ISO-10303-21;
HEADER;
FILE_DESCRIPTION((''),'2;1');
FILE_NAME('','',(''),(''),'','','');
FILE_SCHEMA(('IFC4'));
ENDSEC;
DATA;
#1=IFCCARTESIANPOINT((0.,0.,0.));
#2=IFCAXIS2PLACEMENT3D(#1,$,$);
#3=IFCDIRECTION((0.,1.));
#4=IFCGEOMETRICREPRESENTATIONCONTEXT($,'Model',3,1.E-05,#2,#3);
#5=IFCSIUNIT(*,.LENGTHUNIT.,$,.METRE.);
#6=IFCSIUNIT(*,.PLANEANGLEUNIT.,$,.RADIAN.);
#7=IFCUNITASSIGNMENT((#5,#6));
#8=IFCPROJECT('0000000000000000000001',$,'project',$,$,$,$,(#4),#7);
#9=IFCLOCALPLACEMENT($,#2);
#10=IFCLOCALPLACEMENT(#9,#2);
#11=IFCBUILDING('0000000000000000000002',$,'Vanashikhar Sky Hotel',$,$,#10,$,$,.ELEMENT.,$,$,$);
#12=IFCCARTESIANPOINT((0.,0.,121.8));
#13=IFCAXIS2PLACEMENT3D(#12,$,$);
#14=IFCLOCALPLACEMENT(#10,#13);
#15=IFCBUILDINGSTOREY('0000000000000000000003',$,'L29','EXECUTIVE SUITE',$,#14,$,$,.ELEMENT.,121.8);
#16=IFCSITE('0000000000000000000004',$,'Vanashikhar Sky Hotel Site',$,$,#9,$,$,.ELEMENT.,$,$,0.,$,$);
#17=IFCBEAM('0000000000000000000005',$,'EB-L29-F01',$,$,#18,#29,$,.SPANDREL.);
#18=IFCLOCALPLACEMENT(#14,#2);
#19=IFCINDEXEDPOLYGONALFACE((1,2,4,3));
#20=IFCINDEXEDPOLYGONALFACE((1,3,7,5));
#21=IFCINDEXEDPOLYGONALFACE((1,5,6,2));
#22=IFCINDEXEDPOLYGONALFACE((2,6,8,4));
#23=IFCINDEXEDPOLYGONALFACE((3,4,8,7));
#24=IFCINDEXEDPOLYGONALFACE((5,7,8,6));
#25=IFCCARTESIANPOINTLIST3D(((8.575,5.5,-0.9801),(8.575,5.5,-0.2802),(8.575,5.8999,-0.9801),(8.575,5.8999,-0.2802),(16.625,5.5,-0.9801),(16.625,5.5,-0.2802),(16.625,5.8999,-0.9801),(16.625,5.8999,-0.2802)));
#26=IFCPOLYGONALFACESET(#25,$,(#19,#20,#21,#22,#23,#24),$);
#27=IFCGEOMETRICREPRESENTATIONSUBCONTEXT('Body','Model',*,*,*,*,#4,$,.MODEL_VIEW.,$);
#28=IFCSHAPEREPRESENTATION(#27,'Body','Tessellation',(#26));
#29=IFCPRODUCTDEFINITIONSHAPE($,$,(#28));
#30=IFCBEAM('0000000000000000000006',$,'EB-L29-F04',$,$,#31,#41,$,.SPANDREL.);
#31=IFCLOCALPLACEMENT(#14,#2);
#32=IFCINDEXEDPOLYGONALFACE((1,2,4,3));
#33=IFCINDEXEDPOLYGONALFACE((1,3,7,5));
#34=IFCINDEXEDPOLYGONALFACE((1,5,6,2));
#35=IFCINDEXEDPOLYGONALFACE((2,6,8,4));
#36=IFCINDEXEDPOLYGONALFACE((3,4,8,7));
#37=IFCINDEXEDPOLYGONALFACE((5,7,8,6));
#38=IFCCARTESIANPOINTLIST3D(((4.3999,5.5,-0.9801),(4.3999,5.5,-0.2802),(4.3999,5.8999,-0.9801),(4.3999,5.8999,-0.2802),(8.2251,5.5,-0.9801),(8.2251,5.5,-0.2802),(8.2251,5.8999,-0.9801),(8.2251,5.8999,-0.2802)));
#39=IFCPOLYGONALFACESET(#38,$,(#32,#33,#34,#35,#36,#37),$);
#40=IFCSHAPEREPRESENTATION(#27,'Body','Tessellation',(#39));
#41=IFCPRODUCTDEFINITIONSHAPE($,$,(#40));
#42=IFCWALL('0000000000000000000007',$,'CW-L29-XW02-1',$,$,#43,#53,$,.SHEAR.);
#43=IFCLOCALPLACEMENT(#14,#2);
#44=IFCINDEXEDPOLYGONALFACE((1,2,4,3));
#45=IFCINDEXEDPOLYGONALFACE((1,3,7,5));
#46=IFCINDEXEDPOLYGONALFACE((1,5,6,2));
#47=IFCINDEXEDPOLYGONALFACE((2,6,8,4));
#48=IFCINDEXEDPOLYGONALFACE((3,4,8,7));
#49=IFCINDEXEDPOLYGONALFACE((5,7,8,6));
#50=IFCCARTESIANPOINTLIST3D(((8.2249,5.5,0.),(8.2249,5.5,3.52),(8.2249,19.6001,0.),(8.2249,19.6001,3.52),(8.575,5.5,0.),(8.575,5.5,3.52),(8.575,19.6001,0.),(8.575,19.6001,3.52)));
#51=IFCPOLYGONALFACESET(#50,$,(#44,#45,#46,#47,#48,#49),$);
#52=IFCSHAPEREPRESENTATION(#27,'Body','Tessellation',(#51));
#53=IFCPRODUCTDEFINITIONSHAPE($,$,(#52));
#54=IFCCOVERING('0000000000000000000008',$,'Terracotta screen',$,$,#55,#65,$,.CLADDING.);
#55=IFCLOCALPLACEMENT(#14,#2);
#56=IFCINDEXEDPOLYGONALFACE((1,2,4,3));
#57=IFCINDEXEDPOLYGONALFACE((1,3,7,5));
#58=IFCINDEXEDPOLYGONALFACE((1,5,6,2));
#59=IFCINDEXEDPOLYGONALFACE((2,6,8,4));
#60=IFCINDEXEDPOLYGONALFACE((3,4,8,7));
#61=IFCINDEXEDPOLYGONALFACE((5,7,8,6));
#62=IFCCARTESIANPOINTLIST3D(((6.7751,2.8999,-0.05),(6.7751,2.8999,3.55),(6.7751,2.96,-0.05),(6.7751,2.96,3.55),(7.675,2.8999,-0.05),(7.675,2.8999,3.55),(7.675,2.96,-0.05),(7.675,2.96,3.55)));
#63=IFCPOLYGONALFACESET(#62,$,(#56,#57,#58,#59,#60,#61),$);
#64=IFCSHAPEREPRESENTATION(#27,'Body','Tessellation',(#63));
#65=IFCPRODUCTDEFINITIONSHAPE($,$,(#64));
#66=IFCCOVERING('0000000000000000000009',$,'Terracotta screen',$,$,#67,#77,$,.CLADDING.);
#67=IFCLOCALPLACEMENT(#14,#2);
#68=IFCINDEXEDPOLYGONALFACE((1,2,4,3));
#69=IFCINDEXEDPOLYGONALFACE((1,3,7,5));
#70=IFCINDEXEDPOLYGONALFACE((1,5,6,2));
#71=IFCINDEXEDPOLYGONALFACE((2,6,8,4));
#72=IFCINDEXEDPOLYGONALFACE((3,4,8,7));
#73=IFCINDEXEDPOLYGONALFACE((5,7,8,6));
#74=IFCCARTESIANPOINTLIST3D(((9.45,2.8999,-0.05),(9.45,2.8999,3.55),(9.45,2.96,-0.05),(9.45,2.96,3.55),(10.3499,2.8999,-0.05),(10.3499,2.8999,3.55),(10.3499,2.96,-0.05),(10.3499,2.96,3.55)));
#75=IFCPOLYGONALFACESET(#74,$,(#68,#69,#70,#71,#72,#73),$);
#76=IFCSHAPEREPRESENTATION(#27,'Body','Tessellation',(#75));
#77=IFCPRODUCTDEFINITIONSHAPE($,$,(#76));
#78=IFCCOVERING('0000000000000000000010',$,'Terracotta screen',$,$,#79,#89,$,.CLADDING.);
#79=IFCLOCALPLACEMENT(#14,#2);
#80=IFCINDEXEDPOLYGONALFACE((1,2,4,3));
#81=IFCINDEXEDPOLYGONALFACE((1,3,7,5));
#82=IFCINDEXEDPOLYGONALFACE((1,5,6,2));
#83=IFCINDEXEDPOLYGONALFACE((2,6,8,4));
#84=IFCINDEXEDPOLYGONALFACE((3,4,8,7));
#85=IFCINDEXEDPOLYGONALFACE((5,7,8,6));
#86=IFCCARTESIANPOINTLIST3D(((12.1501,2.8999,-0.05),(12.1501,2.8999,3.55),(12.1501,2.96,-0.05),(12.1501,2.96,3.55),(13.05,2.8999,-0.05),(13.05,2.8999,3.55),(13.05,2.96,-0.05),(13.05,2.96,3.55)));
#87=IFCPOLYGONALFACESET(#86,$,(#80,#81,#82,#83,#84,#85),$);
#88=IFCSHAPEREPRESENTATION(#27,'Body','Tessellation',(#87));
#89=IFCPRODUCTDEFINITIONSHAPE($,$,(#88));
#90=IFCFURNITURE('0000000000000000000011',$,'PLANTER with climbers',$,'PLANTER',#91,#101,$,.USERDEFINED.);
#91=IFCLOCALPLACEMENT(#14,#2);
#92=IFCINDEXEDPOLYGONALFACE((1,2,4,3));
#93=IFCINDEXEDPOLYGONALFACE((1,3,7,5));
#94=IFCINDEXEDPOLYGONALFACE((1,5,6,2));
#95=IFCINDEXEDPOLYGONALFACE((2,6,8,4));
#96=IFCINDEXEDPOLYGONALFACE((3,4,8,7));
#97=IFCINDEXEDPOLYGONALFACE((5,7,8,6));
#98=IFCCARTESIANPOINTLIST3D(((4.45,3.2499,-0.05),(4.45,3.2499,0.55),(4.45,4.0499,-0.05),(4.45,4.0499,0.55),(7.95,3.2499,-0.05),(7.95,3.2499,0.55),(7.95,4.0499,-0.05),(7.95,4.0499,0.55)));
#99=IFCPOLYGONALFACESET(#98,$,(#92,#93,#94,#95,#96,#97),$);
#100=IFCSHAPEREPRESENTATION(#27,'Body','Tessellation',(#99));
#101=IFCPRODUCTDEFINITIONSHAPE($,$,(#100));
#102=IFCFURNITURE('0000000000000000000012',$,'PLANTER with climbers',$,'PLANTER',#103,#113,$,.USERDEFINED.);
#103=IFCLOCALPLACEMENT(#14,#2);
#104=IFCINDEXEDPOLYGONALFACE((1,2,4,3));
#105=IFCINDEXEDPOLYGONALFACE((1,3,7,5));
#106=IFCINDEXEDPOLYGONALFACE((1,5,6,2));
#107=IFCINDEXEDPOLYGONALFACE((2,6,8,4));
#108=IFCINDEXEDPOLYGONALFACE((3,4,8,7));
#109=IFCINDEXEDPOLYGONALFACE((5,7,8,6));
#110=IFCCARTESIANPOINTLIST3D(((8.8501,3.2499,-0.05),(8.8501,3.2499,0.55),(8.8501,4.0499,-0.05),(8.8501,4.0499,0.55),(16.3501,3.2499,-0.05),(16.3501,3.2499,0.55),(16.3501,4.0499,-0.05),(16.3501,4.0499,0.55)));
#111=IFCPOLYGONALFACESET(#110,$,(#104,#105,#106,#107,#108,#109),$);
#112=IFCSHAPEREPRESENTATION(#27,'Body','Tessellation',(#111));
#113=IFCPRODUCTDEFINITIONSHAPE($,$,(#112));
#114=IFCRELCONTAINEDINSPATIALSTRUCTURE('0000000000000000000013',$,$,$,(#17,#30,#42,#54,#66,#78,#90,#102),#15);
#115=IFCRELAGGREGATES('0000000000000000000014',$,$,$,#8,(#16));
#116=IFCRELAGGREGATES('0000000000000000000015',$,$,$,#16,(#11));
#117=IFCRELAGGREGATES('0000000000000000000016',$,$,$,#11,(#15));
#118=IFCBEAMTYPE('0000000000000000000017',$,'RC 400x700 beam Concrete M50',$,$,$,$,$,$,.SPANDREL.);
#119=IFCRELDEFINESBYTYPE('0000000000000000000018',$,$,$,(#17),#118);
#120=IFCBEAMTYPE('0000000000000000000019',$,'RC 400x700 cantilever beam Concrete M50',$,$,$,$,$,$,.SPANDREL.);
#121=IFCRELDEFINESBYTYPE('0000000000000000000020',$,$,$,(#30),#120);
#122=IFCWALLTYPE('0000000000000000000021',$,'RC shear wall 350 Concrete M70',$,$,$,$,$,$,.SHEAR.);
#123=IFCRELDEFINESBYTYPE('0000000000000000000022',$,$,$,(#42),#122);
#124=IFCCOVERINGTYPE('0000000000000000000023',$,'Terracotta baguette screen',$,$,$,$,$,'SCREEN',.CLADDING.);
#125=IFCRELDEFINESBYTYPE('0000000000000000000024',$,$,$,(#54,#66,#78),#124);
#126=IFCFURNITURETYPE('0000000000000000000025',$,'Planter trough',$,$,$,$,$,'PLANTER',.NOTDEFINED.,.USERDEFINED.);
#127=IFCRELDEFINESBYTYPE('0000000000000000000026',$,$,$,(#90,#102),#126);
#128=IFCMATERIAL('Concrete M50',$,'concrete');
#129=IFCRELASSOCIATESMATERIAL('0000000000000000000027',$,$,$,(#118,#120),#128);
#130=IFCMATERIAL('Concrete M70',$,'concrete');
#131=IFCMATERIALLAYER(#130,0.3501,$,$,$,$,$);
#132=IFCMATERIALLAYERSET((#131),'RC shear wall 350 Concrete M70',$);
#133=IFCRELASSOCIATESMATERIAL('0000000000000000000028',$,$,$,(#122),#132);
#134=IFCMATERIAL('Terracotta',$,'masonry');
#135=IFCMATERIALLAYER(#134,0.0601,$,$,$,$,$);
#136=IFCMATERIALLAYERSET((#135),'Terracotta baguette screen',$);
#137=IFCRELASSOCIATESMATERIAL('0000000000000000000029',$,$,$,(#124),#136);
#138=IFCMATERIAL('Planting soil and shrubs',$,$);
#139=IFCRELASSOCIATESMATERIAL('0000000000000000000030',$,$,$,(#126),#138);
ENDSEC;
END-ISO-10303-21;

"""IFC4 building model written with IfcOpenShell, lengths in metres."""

from ifc_helpers import new_model, si_unit, direction, frame, frame_2d, origin, origin_2d, place, context, subcontext, project, spatial, rectangle, extrude, source, transform, mapped, material, layer, layer_set, material_profile, profile_set, type_object, element, save


model = new_model("IFC4")

# Units and contexts
model_context = context("Model", 3, precision=1e-05, world=origin(), true_north=direction((0.0, 1.0)))
body_context = subcontext(model_context, "Body", "Model", "MODEL_VIEW")
ifc_project = project(units=[si_unit("LENGTHUNIT", "METRE"), si_unit("PLANEANGLEUNIT", "RADIAN")], contexts=[model_context])

# Site, building, storey
site_placement = place(None, origin())
site = spatial("IfcSite", under=ifc_project, at=site_placement, Name="Vanashikhar Sky Hotel Site", CompositionType="ELEMENT", RefElevation=0.0)
building_placement = place(site_placement, origin())
building = spatial("IfcBuilding", under=site, at=building_placement, Name="Vanashikhar Sky Hotel", CompositionType="ELEMENT")
storey_placement = place(building_placement, frame((0.0, 0.0, 121.8)))
storey = spatial("IfcBuildingStorey", under=building, at=storey_placement, Name="L29", Description="EXECUTIVE SUITE", CompositionType="ELEMENT", Elevation=121.8)

# Beams
ifc_material_1 = material(Name="Concrete M50", Category="concrete")
ifc_material_profile_1 = material_profile(ifc_material_1, rectangle(XDim=0.3999, YDim=0.7, at=origin_2d()))
ifc_profile_set_1 = profile_set([ifc_material_profile_1], Name="RC 400x700 beam Concrete M50")
beam_type_1 = type_object("IfcBeamType", Name="RC 400x700 beam Concrete M50", PredefinedType="SPANDREL", material=ifc_profile_set_1)
shared_shape_1 = source(origin(), body_context, "Body", "SweptSolid", [
    extrude(rectangle(XDim=0.3999, YDim=0.7, at=origin_2d()), origin(), (0.0, 0.0, 1.0), 8.05),
])
beam_1_placement = place(storey_placement, frame((8.575, 5.7, -0.6301), z_axis=(1.0, 0.0, 0.0), x_axis=(0.0, 1.0, 0.0)))
element("IfcBeam", 1, at=beam_1_placement, inside=storey, type_object=beam_type_1, Name="EB-L29-F01", PredefinedType="SPANDREL", context=body_context, shape_type="MappedRepresentation", body=[
    mapped(shared_shape_1, transform((0.0, 0.0, 0.0), scale=1.0)),
])
ifc_material_profile_2 = material_profile(ifc_material_1, rectangle(XDim=0.3999, YDim=0.7, at=origin_2d()))
ifc_profile_set_2 = profile_set([ifc_material_profile_2], Name="RC 400x700 cantilever beam Concrete M50")
beam_type_2 = type_object("IfcBeamType", Name="RC 400x700 cantilever beam Concrete M50", PredefinedType="SPANDREL", material=ifc_profile_set_2)
shared_shape_2 = source(origin(), body_context, "Body", "SweptSolid", [
    extrude(rectangle(XDim=0.3999, YDim=0.7, at=origin_2d()), origin(), (0.0, 0.0, 1.0), 3.8252),
])
beam_2_placement = place(storey_placement, frame((4.3999, 5.7, -0.6301), z_axis=(1.0, 0.0, 0.0), x_axis=(0.0, 1.0, 0.0)))
element("IfcBeam", 2, at=beam_2_placement, inside=storey, type_object=beam_type_2, Name="EB-L29-F04", PredefinedType="SPANDREL", context=body_context, shape_type="MappedRepresentation", body=[
    mapped(shared_shape_2, transform((0.0, 0.0, 0.0), scale=1.0)),
])

# Wall
ifc_material_2 = material(Name="Concrete M70", Category="concrete")
ifc_layer_1 = layer(ifc_material_2, 0.3501)
ifc_layer_set_1 = layer_set([ifc_layer_1], Name="RC shear wall 350 Concrete M70")
wall_type_1 = type_object("IfcWallType", Name="RC shear wall 350 Concrete M70", PredefinedType="SHEAR", material=ifc_layer_set_1)
shared_shape_3 = source(origin(), body_context, "Body", "SweptSolid", [
    extrude(rectangle(XDim=14.1001, YDim=0.3501, at=frame_2d((7.05, 0.0))), origin(), (0.0, 0.0, 1.0), 3.52),
])
wall_1_placement = place(storey_placement, frame((8.3999, 5.5, 0.0), z_axis=(0.0, 0.0, 1.0), x_axis=(0.0, 1.0, 0.0)))
element("IfcWall", 3, at=wall_1_placement, inside=storey, type_object=wall_type_1, Name="CW-L29-XW02-1", PredefinedType="SHEAR", context=body_context, shape_type="MappedRepresentation", body=[
    mapped(shared_shape_3, transform((0.0, 0.0, 0.0), scale=1.0)),
])

# Coverings
ifc_material_3 = material(Name="Terracotta", Category="masonry")
ifc_layer_2 = layer(ifc_material_3, 0.0601)
ifc_layer_set_2 = layer_set([ifc_layer_2], Name="Terracotta baguette screen")
covering_type = type_object("IfcCoveringType", Name="Terracotta baguette screen", ElementType="SCREEN", PredefinedType="CLADDING", material=ifc_layer_set_2)
shared_shape_4 = source(origin(), body_context, "Body", "SweptSolid", [
    extrude(rectangle(XDim=0.8999, YDim=0.0601, at=origin_2d()), origin(), (0.0, 0.0, 1.0), 3.6001),
])
for number, where, z_axis, x_axis, name in (
    (4, (7.2251, 2.9299, -0.05), (0.0, 0.0, 1.0), (1.0, 0.0, 0.0), "Terracotta screen"),
    (5, (9.8999, 2.9299, -0.05), (0.0, 0.0, 1.0), (1.0, 0.0, 0.0), "Terracotta screen"),
    (6, (12.6001, 2.9299, -0.05), (0.0, 0.0, 1.0), (1.0, 0.0, 0.0), "Terracotta screen"),
):
    element("IfcCovering", number, at=place(storey_placement, frame(where, z_axis=z_axis, x_axis=x_axis)), inside=storey, type_object=covering_type, Name=name, PredefinedType="CLADDING", context=body_context, shape_type="MappedRepresentation", body=[
        mapped(shared_shape_4, transform((0.0, 0.0, 0.0), scale=1.0)),
    ])

# Furniture
ifc_material_4 = material(Name="Planting soil and shrubs")
furniture_type = type_object("IfcFurnitureType", Name="Planter trough", ElementType="PLANTER", AssemblyPlace="NOTDEFINED", PredefinedType="USERDEFINED", material=ifc_material_4)
shared_shape_5 = source(origin(), body_context, "Body", "SweptSolid", [
    extrude(rectangle(XDim=3.5, YDim=0.8, at=origin_2d()), origin(), (0.0, 0.0, 1.0), 0.6001),
])
furniture_1_placement = place(storey_placement, frame((6.2, 3.6499, -0.05), z_axis=(0.0, 0.0, 1.0), x_axis=(1.0, 0.0, 0.0)))
element("IfcFurniture", 7, at=furniture_1_placement, inside=storey, type_object=furniture_type, Name="PLANTER with climbers", ObjectType="PLANTER", PredefinedType="USERDEFINED", context=body_context, shape_type="MappedRepresentation", body=[
    mapped(shared_shape_5, transform((0.0, 0.0, 0.0), scale=1.0)),
])
shared_shape_6 = source(origin(), body_context, "Body", "SweptSolid", [
    extrude(rectangle(XDim=7.5, YDim=0.8, at=origin_2d()), origin(), (0.0, 0.0, 1.0), 0.6001),
])
furniture_2_placement = place(storey_placement, frame((12.6001, 3.6499, -0.05), z_axis=(0.0, 0.0, 1.0), x_axis=(1.0, 0.0, 0.0)))
element("IfcFurniture", 8, at=furniture_2_placement, inside=storey, type_object=furniture_type, Name="PLANTER with climbers", ObjectType="PLANTER", PredefinedType="USERDEFINED", context=body_context, shape_type="MappedRepresentation", body=[
    mapped(shared_shape_6, transform((0.0, 0.0, 0.0), scale=1.0)),
])

save(model, "model.ifc")
